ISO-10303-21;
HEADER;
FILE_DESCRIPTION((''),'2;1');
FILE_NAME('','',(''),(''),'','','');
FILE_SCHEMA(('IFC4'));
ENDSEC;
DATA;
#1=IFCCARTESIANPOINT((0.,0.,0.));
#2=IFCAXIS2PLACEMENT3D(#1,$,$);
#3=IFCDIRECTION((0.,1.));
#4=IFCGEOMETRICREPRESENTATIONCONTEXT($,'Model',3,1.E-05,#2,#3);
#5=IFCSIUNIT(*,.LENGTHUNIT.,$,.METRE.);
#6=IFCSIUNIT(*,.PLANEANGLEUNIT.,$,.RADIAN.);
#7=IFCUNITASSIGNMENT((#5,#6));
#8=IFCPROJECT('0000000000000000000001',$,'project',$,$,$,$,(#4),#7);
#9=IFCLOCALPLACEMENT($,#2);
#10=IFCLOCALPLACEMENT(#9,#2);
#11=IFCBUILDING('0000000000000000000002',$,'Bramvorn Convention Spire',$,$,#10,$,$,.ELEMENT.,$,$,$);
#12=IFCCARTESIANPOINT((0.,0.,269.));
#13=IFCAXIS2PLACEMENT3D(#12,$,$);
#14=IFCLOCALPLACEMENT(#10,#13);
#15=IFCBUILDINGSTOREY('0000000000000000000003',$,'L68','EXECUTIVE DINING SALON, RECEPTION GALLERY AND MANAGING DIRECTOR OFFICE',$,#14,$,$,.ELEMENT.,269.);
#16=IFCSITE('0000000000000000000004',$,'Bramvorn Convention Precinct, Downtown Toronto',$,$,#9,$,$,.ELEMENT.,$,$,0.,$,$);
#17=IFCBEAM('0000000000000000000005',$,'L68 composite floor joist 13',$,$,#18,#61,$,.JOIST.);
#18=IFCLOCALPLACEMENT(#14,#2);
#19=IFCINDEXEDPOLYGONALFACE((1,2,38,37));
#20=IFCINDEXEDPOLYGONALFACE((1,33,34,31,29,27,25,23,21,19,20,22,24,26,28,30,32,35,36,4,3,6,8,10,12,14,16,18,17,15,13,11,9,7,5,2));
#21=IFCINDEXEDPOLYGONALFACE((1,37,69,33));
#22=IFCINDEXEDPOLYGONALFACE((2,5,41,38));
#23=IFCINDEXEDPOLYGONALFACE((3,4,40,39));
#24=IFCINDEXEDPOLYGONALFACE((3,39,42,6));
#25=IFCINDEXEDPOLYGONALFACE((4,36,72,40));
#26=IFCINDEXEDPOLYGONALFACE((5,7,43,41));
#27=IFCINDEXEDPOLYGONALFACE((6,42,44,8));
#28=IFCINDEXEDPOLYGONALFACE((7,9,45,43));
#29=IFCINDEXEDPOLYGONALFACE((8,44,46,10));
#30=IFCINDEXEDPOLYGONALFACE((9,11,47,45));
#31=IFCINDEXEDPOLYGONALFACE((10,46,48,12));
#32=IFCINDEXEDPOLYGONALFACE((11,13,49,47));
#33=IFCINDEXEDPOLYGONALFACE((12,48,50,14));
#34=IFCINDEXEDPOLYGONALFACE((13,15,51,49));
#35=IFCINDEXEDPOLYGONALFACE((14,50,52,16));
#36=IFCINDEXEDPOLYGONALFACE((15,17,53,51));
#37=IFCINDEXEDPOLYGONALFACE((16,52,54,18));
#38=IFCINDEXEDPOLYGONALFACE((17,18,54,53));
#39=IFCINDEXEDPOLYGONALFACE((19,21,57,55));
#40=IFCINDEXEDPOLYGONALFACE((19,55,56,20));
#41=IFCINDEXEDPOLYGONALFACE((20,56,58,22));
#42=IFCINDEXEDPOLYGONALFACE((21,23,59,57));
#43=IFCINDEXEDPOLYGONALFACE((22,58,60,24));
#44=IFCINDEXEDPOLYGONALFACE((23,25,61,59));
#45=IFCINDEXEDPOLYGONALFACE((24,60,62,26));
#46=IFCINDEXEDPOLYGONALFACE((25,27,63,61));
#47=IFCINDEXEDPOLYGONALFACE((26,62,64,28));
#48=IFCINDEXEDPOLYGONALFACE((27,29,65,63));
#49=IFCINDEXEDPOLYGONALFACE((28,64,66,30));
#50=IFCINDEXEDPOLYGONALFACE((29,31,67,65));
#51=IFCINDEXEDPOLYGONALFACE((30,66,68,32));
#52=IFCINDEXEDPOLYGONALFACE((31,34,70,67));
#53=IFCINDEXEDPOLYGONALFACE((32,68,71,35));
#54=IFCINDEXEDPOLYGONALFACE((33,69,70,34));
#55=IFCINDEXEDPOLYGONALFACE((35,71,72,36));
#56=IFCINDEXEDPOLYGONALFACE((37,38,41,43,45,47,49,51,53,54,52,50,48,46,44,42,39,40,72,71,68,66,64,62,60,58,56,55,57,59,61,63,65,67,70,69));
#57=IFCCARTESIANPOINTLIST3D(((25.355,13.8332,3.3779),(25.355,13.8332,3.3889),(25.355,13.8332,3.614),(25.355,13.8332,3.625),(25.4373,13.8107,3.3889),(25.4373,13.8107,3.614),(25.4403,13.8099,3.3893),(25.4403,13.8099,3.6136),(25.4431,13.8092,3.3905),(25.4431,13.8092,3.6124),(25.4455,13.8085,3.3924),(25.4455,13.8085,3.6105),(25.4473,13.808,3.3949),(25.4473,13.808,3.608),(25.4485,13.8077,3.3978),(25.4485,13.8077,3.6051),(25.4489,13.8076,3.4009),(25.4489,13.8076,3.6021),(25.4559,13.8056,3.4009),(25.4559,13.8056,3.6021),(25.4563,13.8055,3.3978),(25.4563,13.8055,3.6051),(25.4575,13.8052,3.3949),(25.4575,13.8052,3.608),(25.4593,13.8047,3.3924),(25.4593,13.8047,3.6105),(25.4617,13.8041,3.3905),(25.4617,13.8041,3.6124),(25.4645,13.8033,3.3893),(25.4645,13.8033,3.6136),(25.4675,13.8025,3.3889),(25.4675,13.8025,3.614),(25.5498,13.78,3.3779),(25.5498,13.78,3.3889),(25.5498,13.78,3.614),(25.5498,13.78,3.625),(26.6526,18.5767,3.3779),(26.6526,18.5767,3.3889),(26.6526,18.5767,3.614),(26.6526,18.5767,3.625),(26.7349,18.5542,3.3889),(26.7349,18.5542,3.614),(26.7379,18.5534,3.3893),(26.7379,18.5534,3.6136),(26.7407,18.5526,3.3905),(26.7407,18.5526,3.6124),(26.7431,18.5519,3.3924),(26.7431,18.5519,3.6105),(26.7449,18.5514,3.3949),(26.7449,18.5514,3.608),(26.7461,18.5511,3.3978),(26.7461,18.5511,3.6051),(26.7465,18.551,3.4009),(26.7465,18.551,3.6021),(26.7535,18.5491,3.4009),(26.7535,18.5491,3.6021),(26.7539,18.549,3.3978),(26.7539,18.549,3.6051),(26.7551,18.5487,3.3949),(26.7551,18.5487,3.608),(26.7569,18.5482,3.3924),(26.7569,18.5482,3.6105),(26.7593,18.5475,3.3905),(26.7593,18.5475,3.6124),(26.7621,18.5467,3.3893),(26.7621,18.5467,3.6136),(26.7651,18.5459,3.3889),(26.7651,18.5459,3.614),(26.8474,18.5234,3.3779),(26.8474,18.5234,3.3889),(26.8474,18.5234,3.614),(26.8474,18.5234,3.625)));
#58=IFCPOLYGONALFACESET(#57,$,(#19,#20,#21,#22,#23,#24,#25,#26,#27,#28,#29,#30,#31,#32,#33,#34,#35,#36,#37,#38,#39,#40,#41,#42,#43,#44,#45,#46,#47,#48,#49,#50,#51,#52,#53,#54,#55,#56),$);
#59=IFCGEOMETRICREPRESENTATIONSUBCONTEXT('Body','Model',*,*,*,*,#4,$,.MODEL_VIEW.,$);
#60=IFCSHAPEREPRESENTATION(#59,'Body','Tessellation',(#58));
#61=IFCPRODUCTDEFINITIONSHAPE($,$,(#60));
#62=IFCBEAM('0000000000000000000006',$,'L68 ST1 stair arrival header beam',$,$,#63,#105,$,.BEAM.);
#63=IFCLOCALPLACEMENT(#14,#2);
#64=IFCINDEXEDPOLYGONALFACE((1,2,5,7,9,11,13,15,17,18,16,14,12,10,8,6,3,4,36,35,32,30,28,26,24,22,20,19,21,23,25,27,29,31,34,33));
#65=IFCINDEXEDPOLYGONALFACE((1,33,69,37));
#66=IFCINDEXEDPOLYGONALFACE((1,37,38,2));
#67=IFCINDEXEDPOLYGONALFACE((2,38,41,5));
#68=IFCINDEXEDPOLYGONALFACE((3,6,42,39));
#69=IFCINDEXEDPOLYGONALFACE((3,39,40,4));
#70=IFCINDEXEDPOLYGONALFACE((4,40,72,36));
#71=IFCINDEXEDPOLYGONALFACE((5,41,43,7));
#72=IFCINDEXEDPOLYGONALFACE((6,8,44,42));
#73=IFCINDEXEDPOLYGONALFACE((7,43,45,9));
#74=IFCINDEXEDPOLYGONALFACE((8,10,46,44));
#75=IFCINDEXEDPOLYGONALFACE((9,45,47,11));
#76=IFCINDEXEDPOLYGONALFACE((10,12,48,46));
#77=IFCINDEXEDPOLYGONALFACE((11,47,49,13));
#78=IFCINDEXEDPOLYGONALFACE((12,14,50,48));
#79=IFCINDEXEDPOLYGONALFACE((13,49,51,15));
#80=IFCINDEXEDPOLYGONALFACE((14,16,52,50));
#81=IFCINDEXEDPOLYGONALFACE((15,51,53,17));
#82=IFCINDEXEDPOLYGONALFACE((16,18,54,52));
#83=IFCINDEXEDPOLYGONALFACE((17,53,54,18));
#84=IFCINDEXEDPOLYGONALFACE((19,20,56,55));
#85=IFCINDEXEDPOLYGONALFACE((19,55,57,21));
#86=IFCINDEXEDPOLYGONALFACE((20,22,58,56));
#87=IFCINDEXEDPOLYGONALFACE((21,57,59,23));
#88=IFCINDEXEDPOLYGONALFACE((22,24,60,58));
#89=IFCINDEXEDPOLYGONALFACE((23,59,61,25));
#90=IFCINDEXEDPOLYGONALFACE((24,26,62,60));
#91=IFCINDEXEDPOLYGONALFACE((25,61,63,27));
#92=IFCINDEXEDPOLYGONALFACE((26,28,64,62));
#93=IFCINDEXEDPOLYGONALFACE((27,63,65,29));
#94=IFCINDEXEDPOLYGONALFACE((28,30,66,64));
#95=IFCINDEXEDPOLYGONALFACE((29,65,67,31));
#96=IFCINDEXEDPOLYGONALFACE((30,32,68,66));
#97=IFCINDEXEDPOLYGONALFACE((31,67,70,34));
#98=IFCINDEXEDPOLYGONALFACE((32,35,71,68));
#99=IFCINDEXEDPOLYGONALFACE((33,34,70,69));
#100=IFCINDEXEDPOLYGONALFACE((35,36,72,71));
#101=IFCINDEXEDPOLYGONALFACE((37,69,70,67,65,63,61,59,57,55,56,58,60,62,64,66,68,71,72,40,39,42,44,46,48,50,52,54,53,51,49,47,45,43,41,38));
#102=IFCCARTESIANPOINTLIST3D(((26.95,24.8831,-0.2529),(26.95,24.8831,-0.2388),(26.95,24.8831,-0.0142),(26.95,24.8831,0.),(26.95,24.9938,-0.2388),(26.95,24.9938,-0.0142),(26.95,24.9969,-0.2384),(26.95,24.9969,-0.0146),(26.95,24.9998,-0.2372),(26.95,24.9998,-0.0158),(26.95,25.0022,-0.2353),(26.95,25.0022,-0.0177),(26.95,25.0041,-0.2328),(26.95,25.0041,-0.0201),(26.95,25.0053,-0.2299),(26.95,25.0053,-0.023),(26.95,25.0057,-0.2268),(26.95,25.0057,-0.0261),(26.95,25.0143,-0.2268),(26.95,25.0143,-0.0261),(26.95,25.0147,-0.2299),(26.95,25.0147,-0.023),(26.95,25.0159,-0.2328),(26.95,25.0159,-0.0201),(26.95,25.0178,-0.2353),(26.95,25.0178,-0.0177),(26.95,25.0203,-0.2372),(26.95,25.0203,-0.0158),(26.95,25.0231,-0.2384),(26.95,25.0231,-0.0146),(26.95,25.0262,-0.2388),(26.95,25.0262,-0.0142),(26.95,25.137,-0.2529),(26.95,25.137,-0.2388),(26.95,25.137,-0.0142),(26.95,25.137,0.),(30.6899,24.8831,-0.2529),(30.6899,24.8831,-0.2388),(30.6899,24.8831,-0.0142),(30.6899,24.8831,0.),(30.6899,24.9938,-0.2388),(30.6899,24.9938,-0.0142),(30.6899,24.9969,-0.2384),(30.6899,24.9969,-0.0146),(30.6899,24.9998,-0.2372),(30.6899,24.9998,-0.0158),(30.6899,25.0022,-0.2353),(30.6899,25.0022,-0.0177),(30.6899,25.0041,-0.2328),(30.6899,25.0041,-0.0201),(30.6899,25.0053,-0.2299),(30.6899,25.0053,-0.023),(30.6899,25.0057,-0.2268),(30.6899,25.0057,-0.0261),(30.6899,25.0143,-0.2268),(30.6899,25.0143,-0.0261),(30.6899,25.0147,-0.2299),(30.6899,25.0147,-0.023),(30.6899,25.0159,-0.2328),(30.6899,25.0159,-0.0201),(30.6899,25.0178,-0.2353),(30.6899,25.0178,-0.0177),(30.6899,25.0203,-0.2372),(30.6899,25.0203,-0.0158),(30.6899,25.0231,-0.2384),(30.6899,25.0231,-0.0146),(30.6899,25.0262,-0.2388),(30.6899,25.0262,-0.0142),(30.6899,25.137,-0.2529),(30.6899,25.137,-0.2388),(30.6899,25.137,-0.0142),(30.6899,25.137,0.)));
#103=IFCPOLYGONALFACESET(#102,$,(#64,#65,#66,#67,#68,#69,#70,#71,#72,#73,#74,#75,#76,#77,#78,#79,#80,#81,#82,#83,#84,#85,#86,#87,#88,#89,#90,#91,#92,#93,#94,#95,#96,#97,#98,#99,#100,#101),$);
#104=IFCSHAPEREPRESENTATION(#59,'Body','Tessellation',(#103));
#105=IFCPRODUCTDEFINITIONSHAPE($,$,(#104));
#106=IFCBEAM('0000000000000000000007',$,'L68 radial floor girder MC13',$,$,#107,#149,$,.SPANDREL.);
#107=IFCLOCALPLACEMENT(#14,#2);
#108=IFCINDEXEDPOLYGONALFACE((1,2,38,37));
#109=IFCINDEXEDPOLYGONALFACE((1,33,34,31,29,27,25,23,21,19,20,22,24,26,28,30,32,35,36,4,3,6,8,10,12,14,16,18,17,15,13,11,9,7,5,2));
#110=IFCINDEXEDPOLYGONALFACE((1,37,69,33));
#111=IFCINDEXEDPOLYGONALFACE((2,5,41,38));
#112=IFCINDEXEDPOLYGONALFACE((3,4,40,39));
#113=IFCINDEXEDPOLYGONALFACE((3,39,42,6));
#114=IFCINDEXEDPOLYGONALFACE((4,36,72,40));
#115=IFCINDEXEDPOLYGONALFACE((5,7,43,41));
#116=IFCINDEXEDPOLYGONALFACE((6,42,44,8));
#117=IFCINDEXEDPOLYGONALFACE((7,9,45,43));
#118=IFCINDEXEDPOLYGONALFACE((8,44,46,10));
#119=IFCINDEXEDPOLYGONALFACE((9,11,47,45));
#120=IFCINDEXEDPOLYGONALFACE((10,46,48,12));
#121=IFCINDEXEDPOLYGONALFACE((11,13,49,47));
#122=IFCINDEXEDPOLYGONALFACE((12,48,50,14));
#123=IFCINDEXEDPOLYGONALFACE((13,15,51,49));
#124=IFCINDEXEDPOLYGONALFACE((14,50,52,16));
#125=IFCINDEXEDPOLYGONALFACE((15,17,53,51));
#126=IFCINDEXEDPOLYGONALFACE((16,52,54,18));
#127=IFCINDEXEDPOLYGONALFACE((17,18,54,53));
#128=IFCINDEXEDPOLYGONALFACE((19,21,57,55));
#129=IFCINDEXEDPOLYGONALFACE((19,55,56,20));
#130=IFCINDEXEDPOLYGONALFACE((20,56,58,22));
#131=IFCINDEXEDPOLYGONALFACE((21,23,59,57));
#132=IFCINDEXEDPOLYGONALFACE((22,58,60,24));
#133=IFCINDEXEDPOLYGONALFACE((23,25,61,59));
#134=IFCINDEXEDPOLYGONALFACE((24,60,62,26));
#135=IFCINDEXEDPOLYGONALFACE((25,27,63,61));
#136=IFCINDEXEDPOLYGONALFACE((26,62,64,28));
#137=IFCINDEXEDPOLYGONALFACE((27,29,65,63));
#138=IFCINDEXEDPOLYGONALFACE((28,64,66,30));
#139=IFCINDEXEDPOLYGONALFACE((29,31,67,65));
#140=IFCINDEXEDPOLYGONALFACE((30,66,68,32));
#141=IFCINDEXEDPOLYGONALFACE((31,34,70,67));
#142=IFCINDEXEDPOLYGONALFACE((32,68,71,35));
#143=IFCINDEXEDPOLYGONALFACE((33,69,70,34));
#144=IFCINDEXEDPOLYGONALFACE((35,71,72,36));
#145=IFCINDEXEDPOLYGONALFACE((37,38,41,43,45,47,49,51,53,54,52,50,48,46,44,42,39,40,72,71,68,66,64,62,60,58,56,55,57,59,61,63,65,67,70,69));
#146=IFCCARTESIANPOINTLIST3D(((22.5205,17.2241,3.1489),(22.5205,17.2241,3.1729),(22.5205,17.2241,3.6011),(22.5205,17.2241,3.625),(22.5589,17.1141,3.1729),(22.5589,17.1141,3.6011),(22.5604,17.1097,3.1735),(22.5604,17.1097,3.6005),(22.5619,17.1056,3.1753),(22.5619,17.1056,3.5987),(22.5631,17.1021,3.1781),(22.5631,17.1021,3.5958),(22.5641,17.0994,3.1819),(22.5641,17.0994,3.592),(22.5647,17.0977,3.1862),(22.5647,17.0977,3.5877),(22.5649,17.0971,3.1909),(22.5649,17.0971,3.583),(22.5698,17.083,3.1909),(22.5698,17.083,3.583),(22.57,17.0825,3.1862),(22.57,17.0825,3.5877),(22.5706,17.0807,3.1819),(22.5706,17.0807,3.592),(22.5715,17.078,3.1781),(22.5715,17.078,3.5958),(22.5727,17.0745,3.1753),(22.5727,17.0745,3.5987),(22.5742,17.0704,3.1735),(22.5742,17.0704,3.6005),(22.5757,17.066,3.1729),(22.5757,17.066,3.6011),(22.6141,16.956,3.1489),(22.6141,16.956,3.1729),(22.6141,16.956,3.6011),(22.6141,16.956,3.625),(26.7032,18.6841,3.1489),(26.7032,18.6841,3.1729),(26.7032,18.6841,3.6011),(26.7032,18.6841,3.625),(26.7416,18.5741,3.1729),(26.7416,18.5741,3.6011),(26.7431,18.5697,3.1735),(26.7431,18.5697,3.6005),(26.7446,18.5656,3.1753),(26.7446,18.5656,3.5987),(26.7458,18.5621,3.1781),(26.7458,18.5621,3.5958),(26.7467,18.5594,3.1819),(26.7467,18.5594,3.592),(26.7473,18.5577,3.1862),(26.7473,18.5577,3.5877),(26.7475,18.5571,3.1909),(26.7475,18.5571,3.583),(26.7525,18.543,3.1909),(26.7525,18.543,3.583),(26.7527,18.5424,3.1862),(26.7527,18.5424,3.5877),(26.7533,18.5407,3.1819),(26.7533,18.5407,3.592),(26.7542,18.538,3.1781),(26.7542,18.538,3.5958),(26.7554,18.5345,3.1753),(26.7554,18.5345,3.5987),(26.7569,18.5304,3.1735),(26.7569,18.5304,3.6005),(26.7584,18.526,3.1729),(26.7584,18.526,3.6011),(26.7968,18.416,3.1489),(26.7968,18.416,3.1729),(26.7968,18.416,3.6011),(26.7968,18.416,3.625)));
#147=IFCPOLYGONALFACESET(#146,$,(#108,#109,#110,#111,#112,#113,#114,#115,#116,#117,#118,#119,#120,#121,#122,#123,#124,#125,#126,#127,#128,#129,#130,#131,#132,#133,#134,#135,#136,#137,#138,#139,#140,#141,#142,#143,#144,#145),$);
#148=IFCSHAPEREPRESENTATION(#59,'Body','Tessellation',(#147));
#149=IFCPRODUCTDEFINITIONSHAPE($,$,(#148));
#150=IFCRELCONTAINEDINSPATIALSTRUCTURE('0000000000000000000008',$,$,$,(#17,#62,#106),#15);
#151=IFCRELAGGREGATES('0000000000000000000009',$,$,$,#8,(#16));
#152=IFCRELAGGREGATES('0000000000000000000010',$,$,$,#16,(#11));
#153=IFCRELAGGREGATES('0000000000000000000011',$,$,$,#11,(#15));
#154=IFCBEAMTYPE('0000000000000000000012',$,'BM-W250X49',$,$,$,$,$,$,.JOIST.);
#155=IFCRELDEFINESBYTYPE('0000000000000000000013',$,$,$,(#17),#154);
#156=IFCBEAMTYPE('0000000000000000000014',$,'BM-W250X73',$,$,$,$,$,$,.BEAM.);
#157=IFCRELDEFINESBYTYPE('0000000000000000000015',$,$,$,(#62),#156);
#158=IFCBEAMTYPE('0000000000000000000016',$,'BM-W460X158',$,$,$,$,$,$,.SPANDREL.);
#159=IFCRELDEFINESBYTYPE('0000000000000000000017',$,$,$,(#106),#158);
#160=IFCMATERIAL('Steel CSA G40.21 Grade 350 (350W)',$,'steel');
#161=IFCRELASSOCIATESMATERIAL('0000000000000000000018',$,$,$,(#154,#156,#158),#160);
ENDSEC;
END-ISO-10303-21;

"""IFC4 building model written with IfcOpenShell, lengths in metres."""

from ifc_helpers import new_model, si_unit, direction, frame, origin, origin_2d, place, context, subcontext, project, spatial, i_section, extrude, material, material_profile, profile_set, type_object, element, save


model = new_model("IFC4")

# Units and contexts
model_context = context("Model", 3, precision=1e-05, world=origin(), true_north=direction((0.0, 1.0)))
body_context = subcontext(model_context, "Body", "Model", "MODEL_VIEW")
ifc_project = project(units=[si_unit("LENGTHUNIT", "METRE"), si_unit("PLANEANGLEUNIT", "RADIAN")], contexts=[model_context])

# Site, building, storey
site_placement = place(None, origin())
site = spatial("IfcSite", under=ifc_project, at=site_placement, Name="Bramvorn Convention Precinct, Downtown Toronto", CompositionType="ELEMENT", RefElevation=0.0)
building_placement = place(site_placement, origin())
building = spatial("IfcBuilding", under=site, at=building_placement, Name="Bramvorn Convention Spire", CompositionType="ELEMENT")
storey_placement = place(building_placement, frame((0.0, 0.0, 269.0)))
storey = spatial("IfcBuildingStorey", under=building, at=storey_placement, Name="L68", Description="EXECUTIVE DINING SALON, RECEPTION GALLERY AND MANAGING DIRECTOR OFFICE", CompositionType="ELEMENT", Elevation=269.0)

# Beams
ifc_material_1 = material(Name="Steel CSA G40.21 Grade 350 (350W)", Category="steel")
ifc_material_profile_1 = material_profile(ifc_material_1, i_section(OverallWidth=0.2019, OverallDepth=0.2471, WebThickness=0.0073, FlangeThickness=0.011, FilletRadius=0.012, at=origin_2d()))
ifc_profile_set_1 = profile_set([ifc_material_profile_1], Name="Steel CSA G40.21 Grade 350 (350W) - W250X49")
beam_type_1 = type_object("IfcBeamType", Name="BM-W250X49", PredefinedType="JOIST", material=ifc_profile_set_1)
beam_1_placement = place(storey_placement, frame((26.75, 18.55, 3.5015), z_axis=(-0.263865, -0.96456, 0.0), x_axis=(0.96456, -0.263865, 0.0)))
element("IfcBeam", 1, at=beam_1_placement, inside=storey, type_object=beam_type_1, Name="L68 composite floor joist 13", PredefinedType="JOIST", context=body_context, shape_type="SweptSolid", body=[
    extrude(i_section(OverallWidth=0.2019, OverallDepth=0.2471, WebThickness=0.0073, FlangeThickness=0.011, FilletRadius=0.012, at=origin_2d()), origin(), (0.0, 0.0, 1.0), 4.9177),
])
ifc_material_profile_2 = material_profile(ifc_material_1, i_section(OverallWidth=0.2539, OverallDepth=0.2529, WebThickness=0.0085, FlangeThickness=0.0142, FilletRadius=0.012, at=origin_2d()))
ifc_profile_set_2 = profile_set([ifc_material_profile_2], Name="Steel CSA G40.21 Grade 350 (350W) - W250X73")
beam_type_2 = type_object("IfcBeamType", Name="BM-W250X73", PredefinedType="BEAM", material=ifc_profile_set_2)
beam_2_placement = place(storey_placement, frame((26.95, 25.01, -0.1265), z_axis=(1.0, 0.0, 0.0), x_axis=(0.0, 1.0, 0.0)))
element("IfcBeam", 2, at=beam_2_placement, inside=storey, type_object=beam_type_2, Name="L68 ST1 stair arrival header beam", PredefinedType="BEAM", context=body_context, shape_type="SweptSolid", body=[
    extrude(i_section(OverallWidth=0.2539, OverallDepth=0.2529, WebThickness=0.0085, FlangeThickness=0.0142, FilletRadius=0.012, at=origin_2d()), origin(), (0.0, 0.0, 1.0), 3.74),
])
ifc_material_profile_3 = material_profile(ifc_material_1, i_section(OverallWidth=0.2839, OverallDepth=0.4761, WebThickness=0.0149, FlangeThickness=0.0239, FilletRadius=0.0181, at=origin_2d()))
ifc_profile_set_3 = profile_set([ifc_material_profile_3], Name="Steel CSA G40.21 Grade 350 (350W) - W460X158")
beam_type_3 = type_object("IfcBeamType", Name="BM-W460X158", PredefinedType="SPANDREL", material=ifc_profile_set_3)
beam_3_placement = place(storey_placement, frame((26.75, 18.55, 3.387), z_axis=(-0.944136, -0.329555, 0.0), x_axis=(0.329555, -0.944136, 0.0)))
element("IfcBeam", 3, at=beam_3_placement, inside=storey, type_object=beam_type_3, Name="L68 radial floor girder MC13", PredefinedType="SPANDREL", context=body_context, shape_type="SweptSolid", body=[
    extrude(i_section(OverallWidth=0.2839, OverallDepth=0.4761, WebThickness=0.0149, FlangeThickness=0.0239, FilletRadius=0.0181, at=origin_2d()), origin(), (0.0, 0.0, 1.0), 4.4302),
])

save(model, "model.ifc")
